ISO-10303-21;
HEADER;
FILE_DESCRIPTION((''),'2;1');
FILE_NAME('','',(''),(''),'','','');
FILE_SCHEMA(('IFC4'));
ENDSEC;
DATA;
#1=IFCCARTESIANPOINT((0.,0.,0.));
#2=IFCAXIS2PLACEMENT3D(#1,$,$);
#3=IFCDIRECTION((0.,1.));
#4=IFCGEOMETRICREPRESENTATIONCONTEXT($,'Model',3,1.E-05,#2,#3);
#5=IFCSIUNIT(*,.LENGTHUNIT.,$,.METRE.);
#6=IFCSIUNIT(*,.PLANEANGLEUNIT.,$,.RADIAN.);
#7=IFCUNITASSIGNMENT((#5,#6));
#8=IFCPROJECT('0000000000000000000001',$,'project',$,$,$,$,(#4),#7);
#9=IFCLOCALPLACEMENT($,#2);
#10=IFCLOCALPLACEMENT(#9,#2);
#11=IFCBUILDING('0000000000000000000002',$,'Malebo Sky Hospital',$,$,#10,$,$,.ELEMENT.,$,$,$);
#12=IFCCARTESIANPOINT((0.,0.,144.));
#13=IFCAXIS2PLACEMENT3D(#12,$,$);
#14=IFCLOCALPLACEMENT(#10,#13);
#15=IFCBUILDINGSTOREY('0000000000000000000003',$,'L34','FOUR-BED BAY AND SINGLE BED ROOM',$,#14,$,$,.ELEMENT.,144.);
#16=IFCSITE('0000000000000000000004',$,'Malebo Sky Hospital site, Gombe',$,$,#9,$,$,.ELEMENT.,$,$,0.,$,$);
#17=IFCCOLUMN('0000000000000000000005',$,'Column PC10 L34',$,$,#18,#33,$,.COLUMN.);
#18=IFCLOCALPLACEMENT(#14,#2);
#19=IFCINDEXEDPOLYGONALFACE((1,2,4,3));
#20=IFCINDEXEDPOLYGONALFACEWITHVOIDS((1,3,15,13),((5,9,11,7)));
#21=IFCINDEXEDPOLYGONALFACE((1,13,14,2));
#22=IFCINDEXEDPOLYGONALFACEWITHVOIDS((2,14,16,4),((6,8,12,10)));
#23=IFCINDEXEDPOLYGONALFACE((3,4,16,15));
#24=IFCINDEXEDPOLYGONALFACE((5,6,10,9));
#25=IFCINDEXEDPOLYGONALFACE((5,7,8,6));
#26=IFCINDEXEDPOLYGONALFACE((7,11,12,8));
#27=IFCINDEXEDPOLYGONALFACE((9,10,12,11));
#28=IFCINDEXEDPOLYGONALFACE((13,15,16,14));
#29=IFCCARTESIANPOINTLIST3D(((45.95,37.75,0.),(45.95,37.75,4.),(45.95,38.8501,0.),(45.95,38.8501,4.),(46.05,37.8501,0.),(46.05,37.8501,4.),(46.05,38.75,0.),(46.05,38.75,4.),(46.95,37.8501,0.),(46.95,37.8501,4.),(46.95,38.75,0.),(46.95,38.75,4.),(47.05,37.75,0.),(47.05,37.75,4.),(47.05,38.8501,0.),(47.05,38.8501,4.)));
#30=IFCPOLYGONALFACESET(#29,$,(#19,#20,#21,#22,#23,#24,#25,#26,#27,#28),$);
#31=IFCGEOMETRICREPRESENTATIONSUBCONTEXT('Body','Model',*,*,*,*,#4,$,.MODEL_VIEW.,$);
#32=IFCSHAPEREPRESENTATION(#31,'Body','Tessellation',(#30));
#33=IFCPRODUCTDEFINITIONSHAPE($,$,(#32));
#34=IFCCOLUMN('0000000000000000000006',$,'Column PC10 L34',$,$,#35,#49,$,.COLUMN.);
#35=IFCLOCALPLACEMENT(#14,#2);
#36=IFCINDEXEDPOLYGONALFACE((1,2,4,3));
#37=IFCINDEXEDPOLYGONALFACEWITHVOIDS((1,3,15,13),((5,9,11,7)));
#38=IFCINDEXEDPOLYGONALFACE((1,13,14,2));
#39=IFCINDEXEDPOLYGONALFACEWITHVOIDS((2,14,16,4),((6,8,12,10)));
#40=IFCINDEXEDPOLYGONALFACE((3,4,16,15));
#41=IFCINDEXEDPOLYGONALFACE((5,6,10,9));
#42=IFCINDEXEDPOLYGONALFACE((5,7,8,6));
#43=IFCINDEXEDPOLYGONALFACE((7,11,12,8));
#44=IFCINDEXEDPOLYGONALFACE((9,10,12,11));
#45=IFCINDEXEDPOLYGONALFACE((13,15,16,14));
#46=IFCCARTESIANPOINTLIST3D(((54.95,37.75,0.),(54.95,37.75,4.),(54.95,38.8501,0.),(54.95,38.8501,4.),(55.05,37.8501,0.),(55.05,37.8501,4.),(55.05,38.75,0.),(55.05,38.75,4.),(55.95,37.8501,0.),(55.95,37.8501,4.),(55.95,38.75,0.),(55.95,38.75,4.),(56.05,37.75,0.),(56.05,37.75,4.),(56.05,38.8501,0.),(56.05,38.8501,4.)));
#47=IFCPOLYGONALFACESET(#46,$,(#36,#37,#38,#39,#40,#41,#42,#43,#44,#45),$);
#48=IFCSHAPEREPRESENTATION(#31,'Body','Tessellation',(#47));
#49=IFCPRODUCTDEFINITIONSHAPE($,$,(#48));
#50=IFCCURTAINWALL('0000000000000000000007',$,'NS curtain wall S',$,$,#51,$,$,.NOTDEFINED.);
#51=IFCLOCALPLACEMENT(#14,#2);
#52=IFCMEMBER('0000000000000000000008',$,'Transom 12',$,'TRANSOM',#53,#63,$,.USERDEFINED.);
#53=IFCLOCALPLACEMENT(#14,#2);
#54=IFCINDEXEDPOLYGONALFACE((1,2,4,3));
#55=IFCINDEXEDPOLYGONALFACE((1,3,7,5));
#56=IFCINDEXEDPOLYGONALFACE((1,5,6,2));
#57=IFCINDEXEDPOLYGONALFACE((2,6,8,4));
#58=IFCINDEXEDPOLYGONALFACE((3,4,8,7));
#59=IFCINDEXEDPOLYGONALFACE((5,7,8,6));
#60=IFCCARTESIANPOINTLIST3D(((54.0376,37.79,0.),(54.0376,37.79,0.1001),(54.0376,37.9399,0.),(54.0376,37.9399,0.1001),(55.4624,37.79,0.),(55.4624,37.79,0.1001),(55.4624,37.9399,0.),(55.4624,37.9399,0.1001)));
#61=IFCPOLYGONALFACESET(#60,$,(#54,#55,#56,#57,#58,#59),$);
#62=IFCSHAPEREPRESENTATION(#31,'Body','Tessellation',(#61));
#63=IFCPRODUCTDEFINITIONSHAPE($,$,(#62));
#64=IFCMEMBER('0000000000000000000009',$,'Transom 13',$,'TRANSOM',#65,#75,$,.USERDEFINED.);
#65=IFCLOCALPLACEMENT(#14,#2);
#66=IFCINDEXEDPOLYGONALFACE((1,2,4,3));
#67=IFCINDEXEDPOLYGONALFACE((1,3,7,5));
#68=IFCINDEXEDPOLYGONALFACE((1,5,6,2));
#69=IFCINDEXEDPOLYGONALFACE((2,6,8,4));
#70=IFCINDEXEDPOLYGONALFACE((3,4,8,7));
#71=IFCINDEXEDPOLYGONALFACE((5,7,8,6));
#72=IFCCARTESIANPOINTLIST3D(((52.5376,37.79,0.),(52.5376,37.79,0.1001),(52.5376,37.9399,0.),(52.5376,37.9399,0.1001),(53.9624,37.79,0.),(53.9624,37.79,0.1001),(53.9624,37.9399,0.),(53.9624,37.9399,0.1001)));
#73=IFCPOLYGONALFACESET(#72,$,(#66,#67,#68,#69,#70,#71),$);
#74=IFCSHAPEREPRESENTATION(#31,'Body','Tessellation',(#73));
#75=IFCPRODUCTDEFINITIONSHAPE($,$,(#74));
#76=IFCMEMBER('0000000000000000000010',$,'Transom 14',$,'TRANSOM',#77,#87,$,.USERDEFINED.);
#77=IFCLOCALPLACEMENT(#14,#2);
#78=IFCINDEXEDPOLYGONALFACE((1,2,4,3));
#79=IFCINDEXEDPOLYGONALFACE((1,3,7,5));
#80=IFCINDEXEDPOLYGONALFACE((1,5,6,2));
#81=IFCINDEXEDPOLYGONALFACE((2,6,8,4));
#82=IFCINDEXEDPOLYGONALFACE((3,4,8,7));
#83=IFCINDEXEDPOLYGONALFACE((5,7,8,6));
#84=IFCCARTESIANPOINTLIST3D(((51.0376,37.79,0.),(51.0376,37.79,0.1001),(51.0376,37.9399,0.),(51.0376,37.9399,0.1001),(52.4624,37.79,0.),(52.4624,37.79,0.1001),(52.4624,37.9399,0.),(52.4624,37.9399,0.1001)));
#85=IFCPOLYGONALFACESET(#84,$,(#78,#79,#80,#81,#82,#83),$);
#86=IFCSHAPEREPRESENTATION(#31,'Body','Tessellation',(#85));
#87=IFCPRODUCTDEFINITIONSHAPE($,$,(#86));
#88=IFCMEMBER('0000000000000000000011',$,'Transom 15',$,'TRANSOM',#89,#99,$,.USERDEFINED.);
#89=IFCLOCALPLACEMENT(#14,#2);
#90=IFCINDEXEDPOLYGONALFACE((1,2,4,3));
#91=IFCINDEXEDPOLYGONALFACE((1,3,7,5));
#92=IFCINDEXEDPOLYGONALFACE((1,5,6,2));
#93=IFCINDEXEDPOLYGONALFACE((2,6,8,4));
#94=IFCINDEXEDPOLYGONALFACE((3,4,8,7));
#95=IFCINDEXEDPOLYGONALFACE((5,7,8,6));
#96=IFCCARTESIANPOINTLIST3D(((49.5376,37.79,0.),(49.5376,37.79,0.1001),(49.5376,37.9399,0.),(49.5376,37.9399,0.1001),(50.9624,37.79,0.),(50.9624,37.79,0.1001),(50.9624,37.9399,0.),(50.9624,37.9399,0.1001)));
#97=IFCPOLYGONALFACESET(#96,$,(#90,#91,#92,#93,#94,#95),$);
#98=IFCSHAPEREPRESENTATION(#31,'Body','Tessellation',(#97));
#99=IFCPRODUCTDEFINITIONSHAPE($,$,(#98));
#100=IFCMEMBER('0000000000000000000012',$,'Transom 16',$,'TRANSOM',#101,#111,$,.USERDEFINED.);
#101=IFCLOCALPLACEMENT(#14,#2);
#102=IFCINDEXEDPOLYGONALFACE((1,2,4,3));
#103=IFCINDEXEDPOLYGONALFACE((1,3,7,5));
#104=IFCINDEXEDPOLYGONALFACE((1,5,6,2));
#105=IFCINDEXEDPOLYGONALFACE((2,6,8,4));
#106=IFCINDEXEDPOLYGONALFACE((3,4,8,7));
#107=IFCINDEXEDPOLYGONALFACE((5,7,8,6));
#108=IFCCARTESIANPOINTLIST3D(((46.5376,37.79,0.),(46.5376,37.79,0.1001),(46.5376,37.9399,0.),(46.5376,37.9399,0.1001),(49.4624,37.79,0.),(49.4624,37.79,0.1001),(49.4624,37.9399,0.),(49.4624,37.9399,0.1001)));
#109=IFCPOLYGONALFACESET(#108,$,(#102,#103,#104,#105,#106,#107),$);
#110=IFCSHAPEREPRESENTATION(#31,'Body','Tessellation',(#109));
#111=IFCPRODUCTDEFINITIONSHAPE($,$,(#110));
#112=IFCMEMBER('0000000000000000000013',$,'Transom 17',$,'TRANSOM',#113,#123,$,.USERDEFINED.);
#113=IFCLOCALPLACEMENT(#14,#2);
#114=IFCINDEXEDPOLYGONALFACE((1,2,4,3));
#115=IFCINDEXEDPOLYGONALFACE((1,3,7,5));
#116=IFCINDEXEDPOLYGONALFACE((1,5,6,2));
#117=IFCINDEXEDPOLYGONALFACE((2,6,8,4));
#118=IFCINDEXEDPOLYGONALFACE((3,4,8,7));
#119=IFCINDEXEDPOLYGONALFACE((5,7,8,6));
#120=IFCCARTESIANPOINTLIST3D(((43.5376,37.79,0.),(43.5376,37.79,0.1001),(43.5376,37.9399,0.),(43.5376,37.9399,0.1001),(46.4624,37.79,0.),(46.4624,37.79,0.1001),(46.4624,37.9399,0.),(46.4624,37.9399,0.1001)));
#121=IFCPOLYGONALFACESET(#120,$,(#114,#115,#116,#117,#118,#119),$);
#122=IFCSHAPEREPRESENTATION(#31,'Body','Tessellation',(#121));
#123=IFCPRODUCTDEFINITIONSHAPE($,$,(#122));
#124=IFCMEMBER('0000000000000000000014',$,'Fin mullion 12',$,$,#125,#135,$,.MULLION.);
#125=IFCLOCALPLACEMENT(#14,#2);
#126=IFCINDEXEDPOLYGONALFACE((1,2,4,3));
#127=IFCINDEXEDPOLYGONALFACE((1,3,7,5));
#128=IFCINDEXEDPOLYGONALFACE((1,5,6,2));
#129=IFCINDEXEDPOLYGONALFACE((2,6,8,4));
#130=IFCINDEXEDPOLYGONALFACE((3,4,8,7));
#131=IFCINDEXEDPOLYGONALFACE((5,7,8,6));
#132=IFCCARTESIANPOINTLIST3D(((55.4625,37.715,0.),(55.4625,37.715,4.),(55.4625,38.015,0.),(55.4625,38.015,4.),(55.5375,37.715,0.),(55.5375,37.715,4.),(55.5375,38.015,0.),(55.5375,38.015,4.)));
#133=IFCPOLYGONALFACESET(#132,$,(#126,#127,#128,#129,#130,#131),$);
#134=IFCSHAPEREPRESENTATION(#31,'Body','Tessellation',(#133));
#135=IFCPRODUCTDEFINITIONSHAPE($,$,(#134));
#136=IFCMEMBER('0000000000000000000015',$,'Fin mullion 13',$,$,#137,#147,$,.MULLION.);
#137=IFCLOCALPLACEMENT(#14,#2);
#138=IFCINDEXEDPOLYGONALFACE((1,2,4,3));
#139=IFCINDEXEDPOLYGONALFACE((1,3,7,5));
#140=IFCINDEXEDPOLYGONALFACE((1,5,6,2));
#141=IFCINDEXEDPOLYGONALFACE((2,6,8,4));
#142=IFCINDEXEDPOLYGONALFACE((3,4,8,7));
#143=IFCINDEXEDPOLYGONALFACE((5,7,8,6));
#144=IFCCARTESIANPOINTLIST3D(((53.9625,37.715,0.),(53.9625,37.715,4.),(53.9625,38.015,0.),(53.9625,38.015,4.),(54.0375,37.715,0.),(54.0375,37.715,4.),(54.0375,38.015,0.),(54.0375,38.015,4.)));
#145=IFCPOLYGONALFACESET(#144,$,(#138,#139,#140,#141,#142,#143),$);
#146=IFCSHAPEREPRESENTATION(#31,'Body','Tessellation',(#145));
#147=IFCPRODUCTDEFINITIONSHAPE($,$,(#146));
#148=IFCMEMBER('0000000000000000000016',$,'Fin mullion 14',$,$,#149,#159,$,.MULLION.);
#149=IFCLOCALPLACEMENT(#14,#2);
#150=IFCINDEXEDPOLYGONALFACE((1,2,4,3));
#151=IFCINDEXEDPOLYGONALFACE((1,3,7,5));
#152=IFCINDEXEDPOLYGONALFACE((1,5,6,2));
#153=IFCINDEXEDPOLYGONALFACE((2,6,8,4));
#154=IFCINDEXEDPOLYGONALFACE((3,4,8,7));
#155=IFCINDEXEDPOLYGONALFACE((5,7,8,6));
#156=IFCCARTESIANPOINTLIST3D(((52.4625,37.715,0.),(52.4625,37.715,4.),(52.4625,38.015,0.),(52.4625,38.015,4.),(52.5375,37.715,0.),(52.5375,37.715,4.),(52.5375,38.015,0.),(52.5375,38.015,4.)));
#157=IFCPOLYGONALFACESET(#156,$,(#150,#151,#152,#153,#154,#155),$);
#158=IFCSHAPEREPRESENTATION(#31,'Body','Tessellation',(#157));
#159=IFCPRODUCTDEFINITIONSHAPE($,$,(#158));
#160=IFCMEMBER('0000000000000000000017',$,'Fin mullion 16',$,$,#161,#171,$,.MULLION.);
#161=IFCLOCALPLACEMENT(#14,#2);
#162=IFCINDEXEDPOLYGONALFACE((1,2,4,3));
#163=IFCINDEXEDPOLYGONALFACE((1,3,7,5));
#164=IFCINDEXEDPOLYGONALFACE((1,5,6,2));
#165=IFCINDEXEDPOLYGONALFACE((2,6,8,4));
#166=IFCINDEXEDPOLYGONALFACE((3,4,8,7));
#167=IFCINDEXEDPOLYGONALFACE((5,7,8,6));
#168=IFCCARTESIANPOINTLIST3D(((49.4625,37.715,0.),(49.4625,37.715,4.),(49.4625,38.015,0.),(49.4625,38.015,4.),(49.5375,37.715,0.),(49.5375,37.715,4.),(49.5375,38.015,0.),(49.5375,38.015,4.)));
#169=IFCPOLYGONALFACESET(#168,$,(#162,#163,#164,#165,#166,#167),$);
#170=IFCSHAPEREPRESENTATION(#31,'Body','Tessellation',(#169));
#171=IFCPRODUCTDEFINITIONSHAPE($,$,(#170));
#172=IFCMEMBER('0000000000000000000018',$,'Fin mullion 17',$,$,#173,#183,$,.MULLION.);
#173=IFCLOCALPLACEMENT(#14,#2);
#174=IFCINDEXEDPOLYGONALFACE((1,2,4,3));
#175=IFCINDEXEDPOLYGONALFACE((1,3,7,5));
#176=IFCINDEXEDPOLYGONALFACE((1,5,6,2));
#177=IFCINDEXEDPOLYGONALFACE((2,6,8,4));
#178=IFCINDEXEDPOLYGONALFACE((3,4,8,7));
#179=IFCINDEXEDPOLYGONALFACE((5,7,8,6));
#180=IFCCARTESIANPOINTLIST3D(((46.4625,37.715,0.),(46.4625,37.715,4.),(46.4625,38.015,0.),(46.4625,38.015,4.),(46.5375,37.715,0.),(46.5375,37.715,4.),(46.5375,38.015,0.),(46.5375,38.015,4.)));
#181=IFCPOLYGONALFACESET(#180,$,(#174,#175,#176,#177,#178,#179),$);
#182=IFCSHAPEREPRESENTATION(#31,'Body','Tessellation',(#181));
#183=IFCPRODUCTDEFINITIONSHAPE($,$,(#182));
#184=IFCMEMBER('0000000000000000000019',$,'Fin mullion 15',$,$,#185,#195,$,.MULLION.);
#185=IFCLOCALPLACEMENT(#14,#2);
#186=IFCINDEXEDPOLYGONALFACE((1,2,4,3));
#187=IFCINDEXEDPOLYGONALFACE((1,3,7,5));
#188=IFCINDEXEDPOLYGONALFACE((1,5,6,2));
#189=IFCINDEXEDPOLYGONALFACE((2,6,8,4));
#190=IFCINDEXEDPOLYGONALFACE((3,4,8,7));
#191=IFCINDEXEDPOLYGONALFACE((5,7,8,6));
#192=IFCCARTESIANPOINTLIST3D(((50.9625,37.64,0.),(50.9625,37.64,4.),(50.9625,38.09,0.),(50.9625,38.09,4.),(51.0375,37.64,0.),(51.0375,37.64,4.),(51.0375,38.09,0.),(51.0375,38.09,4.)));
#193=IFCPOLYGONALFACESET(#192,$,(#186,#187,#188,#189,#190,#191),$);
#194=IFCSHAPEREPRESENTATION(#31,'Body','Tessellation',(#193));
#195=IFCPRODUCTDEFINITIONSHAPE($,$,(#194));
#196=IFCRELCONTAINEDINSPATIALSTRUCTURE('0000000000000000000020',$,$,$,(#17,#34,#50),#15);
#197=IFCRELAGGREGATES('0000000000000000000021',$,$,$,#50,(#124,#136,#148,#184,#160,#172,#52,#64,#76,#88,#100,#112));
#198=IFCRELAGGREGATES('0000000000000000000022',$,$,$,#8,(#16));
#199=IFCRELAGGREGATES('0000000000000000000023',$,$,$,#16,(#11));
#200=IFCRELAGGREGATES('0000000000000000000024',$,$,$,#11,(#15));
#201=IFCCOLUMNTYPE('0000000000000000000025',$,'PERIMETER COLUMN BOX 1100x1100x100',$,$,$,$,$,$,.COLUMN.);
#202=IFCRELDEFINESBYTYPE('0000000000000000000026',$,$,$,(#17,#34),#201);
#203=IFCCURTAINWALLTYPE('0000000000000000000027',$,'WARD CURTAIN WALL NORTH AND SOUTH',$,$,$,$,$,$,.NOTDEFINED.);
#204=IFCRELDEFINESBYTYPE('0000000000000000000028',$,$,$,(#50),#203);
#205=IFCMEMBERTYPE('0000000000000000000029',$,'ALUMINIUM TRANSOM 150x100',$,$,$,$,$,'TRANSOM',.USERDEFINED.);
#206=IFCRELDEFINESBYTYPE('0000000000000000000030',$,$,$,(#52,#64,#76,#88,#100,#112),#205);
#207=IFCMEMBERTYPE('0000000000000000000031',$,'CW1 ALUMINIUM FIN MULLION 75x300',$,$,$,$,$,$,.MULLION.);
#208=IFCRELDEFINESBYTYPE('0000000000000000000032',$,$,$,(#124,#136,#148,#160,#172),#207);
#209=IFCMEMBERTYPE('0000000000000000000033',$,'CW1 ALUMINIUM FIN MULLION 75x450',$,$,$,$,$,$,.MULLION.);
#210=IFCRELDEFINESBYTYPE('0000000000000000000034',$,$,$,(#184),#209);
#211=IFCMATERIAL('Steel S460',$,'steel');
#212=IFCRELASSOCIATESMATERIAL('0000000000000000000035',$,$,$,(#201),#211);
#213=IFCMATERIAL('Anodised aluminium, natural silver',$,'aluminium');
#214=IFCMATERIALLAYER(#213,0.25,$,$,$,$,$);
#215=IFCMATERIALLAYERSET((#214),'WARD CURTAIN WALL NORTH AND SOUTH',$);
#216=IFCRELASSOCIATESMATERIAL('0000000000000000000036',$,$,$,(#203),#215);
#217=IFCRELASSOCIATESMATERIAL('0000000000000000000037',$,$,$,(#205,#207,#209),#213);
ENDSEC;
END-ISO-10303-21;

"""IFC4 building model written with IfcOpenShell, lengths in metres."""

from ifc_helpers import new_model, si_unit, direction, frame, origin, origin_2d, place, context, subcontext, project, spatial, rectangle, hollow_rectangle, extrude, material, layer, layer_set, material_profile, profile_set, type_object, element, aggregate, save


model = new_model("IFC4")

# Units and contexts
model_context = context("Model", 3, precision=1e-05, world=origin(), true_north=direction((0.0, 1.0)))
body_context = subcontext(model_context, "Body", "Model", "MODEL_VIEW")
ifc_project = project(units=[si_unit("LENGTHUNIT", "METRE"), si_unit("PLANEANGLEUNIT", "RADIAN")], contexts=[model_context])

# Site, building, storey
site_placement = place(None, origin())
site = spatial("IfcSite", under=ifc_project, at=site_placement, Name="Malebo Sky Hospital site, Gombe", CompositionType="ELEMENT", RefElevation=0.0)
building_placement = place(site_placement, origin())
building = spatial("IfcBuilding", under=site, at=building_placement, Name="Malebo Sky Hospital", CompositionType="ELEMENT")
storey_placement = place(building_placement, frame((0.0, 0.0, 144.0)))
storey = spatial("IfcBuildingStorey", under=building, at=storey_placement, Name="L34", Description="FOUR-BED BAY AND SINGLE BED ROOM", CompositionType="ELEMENT", Elevation=144.0)

# Columns
ifc_material_1 = material(Name="Steel S460", Category="steel")
ifc_material_profile_1 = material_profile(ifc_material_1, hollow_rectangle(XDim=1.1001, YDim=1.1001, WallThickness=0.1001, at=origin_2d()), Name="BOX 1100x1100x100")
ifc_profile_set_1 = profile_set([ifc_material_profile_1], Name="Steel S460")
column_type = type_object("IfcColumnType", Name="PERIMETER COLUMN BOX 1100x1100x100", PredefinedType="COLUMN", material=ifc_profile_set_1)
for number, where, z_axis, x_axis, name in (
    (1, (46.5, 38.3, 0.0), (0.0, 0.0, 1.0), (1.0, 0.0, 0.0), "Column PC10 L34"),
    (2, (55.5, 38.3, 0.0), (0.0, 0.0, 1.0), (1.0, 0.0, 0.0), "Column PC10 L34"),
):
    element("IfcColumn", number, at=place(storey_placement, frame(where, z_axis=z_axis, x_axis=x_axis)), inside=storey, type_object=column_type, Name=name, PredefinedType="COLUMN", context=body_context, shape_type="SweptSolid", body=[
        extrude(hollow_rectangle(XDim=1.1001, YDim=1.1001, WallThickness=0.1001, at=origin_2d()), origin(), (0.0, 0.0, 1.0), 4.0),
    ])

# Curtain wall, members
ifc_material_2 = material(Name="Anodised aluminium, natural silver", Category="aluminium")
ifc_layer_1 = layer(ifc_material_2, 0.25)
ifc_layer_set_1 = layer_set([ifc_layer_1], Name="WARD CURTAIN WALL NORTH AND SOUTH")
curtain_wall_type = type_object("IfcCurtainWallType", Name="WARD CURTAIN WALL NORTH AND SOUTH", PredefinedType="NOTDEFINED", material=ifc_layer_set_1)
curtain_wall_placement = place(storey_placement, origin())
curtain_wall = element("IfcCurtainWall", 3, at=curtain_wall_placement, inside=storey, type_object=curtain_wall_type, Name="NS curtain wall S", PredefinedType="NOTDEFINED")
ifc_material_profile_2 = material_profile(ifc_material_2, rectangle(XDim=0.1499, YDim=0.1001, at=origin_2d()), Name="ALUMINIUM TRANSOM 150x100")
ifc_profile_set_2 = profile_set([ifc_material_profile_2], Name="Anodised aluminium, natural silver")
member_type_1 = type_object("IfcMemberType", Name="ALUMINIUM TRANSOM 150x100", ElementType="TRANSOM", PredefinedType="USERDEFINED", material=ifc_profile_set_2)
member_1_placement = place(storey_placement, frame((55.4624, 37.865, 0.05), z_axis=(-1.0, 0.0, 0.0), x_axis=(0.0, -1.0, 0.0)))
member_1 = element("IfcMember", 4, at=member_1_placement, type_object=member_type_1, Name="Transom 12", ObjectType="TRANSOM", PredefinedType="USERDEFINED", context=body_context, shape_type="SweptSolid", body=[
    extrude(rectangle(XDim=0.1499, YDim=0.1001, at=origin_2d()), origin(), (0.0, 0.0, 1.0), 1.4248),
])
member_2_placement = place(storey_placement, frame((53.9624, 37.865, 0.05), z_axis=(-1.0, 0.0, 0.0), x_axis=(0.0, -1.0, 0.0)))
member_2 = element("IfcMember", 5, at=member_2_placement, type_object=member_type_1, Name="Transom 13", ObjectType="TRANSOM", PredefinedType="USERDEFINED", context=body_context, shape_type="SweptSolid", body=[
    extrude(rectangle(XDim=0.1499, YDim=0.1001, at=origin_2d()), origin(), (0.0, 0.0, 1.0), 1.4248),
])
member_3_placement = place(storey_placement, frame((52.4624, 37.865, 0.05), z_axis=(-1.0, 0.0, 0.0), x_axis=(0.0, -1.0, 0.0)))
member_3 = element("IfcMember", 6, at=member_3_placement, type_object=member_type_1, Name="Transom 14", ObjectType="TRANSOM", PredefinedType="USERDEFINED", context=body_context, shape_type="SweptSolid", body=[
    extrude(rectangle(XDim=0.1499, YDim=0.1001, at=origin_2d()), origin(), (0.0, 0.0, 1.0), 1.4248),
])
member_4_placement = place(storey_placement, frame((50.9624, 37.865, 0.05), z_axis=(-1.0, 0.0, 0.0), x_axis=(0.0, -1.0, 0.0)))
member_4 = element("IfcMember", 7, at=member_4_placement, type_object=member_type_1, Name="Transom 15", ObjectType="TRANSOM", PredefinedType="USERDEFINED", context=body_context, shape_type="SweptSolid", body=[
    extrude(rectangle(XDim=0.1499, YDim=0.1001, at=origin_2d()), origin(), (0.0, 0.0, 1.0), 1.4248),
])
member_5_placement = place(storey_placement, frame((49.4624, 37.865, 0.05), z_axis=(-1.0, 0.0, 0.0), x_axis=(0.0, -1.0, 0.0)))
member_5 = element("IfcMember", 8, at=member_5_placement, type_object=member_type_1, Name="Transom 16", ObjectType="TRANSOM", PredefinedType="USERDEFINED", context=body_context, shape_type="SweptSolid", body=[
    extrude(rectangle(XDim=0.1499, YDim=0.1001, at=origin_2d()), origin(), (0.0, 0.0, 1.0), 2.9248),
])
member_6_placement = place(storey_placement, frame((46.4624, 37.865, 0.05), z_axis=(-1.0, 0.0, 0.0), x_axis=(0.0, -1.0, 0.0)))
member_6 = element("IfcMember", 9, at=member_6_placement, type_object=member_type_1, Name="Transom 17", ObjectType="TRANSOM", PredefinedType="USERDEFINED", context=body_context, shape_type="SweptSolid", body=[
    extrude(rectangle(XDim=0.1499, YDim=0.1001, at=origin_2d()), origin(), (0.0, 0.0, 1.0), 2.9248),
])
ifc_material_profile_3 = material_profile(ifc_material_2, rectangle(XDim=0.075, YDim=0.3, at=origin_2d()), Name="CW1 ALUMINIUM FIN MULLION 75x300")
ifc_profile_set_3 = profile_set([ifc_material_profile_3], Name="Anodised aluminium, natural silver")
member_type_2 = type_object("IfcMemberType", Name="CW1 ALUMINIUM FIN MULLION 75x300", PredefinedType="MULLION", material=ifc_profile_set_3)
member_7_placement = place(storey_placement, frame((55.5, 37.865, 0.0), z_axis=(0.0, 0.0, 1.0), x_axis=(-1.0, 0.0, 0.0)))
member_7 = element("IfcMember", 10, at=member_7_placement, type_object=member_type_2, Name="Fin mullion 12", PredefinedType="MULLION", context=body_context, shape_type="SweptSolid", body=[
    extrude(rectangle(XDim=0.075, YDim=0.3, at=origin_2d()), origin(), (0.0, 0.0, 1.0), 4.0),
])
member_8_placement = place(storey_placement, frame((54.0, 37.865, 0.0), z_axis=(0.0, 0.0, 1.0), x_axis=(-1.0, 0.0, 0.0)))
member_8 = element("IfcMember", 11, at=member_8_placement, type_object=member_type_2, Name="Fin mullion 13", PredefinedType="MULLION", context=body_context, shape_type="SweptSolid", body=[
    extrude(rectangle(XDim=0.075, YDim=0.3, at=origin_2d()), origin(), (0.0, 0.0, 1.0), 4.0),
])
member_9_placement = place(storey_placement, frame((52.5, 37.865, 0.0), z_axis=(0.0, 0.0, 1.0), x_axis=(-1.0, 0.0, 0.0)))
member_9 = element("IfcMember", 12, at=member_9_placement, type_object=member_type_2, Name="Fin mullion 14", PredefinedType="MULLION", context=body_context, shape_type="SweptSolid", body=[
    extrude(rectangle(XDim=0.075, YDim=0.3, at=origin_2d()), origin(), (0.0, 0.0, 1.0), 4.0),
])
member_10_placement = place(storey_placement, frame((49.5, 37.865, 0.0), z_axis=(0.0, 0.0, 1.0), x_axis=(-1.0, 0.0, 0.0)))
member_10 = element("IfcMember", 13, at=member_10_placement, type_object=member_type_2, Name="Fin mullion 16", PredefinedType="MULLION", context=body_context, shape_type="SweptSolid", body=[
    extrude(rectangle(XDim=0.075, YDim=0.3, at=origin_2d()), origin(), (0.0, 0.0, 1.0), 4.0),
])
member_11_placement = place(storey_placement, frame((46.5, 37.865, 0.0), z_axis=(0.0, 0.0, 1.0), x_axis=(-1.0, 0.0, 0.0)))
member_11 = element("IfcMember", 14, at=member_11_placement, type_object=member_type_2, Name="Fin mullion 17", PredefinedType="MULLION", context=body_context, shape_type="SweptSolid", body=[
    extrude(rectangle(XDim=0.075, YDim=0.3, at=origin_2d()), origin(), (0.0, 0.0, 1.0), 4.0),
])
ifc_material_profile_4 = material_profile(ifc_material_2, rectangle(XDim=0.075, YDim=0.45, at=origin_2d()), Name="CW1 ALUMINIUM FIN MULLION 75x450")
ifc_profile_set_4 = profile_set([ifc_material_profile_4], Name="Anodised aluminium, natural silver")
member_type_3 = type_object("IfcMemberType", Name="CW1 ALUMINIUM FIN MULLION 75x450", PredefinedType="MULLION", material=ifc_profile_set_4)
member_12_placement = place(storey_placement, frame((51.0, 37.865, 0.0), z_axis=(0.0, 0.0, 1.0), x_axis=(-1.0, 0.0, 0.0)))
member_12 = element("IfcMember", 15, at=member_12_placement, type_object=member_type_3, Name="Fin mullion 15", PredefinedType="MULLION", context=body_context, shape_type="SweptSolid", body=[
    extrude(rectangle(XDim=0.075, YDim=0.45, at=origin_2d()), origin(), (0.0, 0.0, 1.0), 4.0),
])

aggregate(curtain_wall, [member_7, member_8, member_9, member_12, member_10, member_11, member_1, member_2, member_3, member_4, member_5, member_6])

save(model, "model.ifc")
